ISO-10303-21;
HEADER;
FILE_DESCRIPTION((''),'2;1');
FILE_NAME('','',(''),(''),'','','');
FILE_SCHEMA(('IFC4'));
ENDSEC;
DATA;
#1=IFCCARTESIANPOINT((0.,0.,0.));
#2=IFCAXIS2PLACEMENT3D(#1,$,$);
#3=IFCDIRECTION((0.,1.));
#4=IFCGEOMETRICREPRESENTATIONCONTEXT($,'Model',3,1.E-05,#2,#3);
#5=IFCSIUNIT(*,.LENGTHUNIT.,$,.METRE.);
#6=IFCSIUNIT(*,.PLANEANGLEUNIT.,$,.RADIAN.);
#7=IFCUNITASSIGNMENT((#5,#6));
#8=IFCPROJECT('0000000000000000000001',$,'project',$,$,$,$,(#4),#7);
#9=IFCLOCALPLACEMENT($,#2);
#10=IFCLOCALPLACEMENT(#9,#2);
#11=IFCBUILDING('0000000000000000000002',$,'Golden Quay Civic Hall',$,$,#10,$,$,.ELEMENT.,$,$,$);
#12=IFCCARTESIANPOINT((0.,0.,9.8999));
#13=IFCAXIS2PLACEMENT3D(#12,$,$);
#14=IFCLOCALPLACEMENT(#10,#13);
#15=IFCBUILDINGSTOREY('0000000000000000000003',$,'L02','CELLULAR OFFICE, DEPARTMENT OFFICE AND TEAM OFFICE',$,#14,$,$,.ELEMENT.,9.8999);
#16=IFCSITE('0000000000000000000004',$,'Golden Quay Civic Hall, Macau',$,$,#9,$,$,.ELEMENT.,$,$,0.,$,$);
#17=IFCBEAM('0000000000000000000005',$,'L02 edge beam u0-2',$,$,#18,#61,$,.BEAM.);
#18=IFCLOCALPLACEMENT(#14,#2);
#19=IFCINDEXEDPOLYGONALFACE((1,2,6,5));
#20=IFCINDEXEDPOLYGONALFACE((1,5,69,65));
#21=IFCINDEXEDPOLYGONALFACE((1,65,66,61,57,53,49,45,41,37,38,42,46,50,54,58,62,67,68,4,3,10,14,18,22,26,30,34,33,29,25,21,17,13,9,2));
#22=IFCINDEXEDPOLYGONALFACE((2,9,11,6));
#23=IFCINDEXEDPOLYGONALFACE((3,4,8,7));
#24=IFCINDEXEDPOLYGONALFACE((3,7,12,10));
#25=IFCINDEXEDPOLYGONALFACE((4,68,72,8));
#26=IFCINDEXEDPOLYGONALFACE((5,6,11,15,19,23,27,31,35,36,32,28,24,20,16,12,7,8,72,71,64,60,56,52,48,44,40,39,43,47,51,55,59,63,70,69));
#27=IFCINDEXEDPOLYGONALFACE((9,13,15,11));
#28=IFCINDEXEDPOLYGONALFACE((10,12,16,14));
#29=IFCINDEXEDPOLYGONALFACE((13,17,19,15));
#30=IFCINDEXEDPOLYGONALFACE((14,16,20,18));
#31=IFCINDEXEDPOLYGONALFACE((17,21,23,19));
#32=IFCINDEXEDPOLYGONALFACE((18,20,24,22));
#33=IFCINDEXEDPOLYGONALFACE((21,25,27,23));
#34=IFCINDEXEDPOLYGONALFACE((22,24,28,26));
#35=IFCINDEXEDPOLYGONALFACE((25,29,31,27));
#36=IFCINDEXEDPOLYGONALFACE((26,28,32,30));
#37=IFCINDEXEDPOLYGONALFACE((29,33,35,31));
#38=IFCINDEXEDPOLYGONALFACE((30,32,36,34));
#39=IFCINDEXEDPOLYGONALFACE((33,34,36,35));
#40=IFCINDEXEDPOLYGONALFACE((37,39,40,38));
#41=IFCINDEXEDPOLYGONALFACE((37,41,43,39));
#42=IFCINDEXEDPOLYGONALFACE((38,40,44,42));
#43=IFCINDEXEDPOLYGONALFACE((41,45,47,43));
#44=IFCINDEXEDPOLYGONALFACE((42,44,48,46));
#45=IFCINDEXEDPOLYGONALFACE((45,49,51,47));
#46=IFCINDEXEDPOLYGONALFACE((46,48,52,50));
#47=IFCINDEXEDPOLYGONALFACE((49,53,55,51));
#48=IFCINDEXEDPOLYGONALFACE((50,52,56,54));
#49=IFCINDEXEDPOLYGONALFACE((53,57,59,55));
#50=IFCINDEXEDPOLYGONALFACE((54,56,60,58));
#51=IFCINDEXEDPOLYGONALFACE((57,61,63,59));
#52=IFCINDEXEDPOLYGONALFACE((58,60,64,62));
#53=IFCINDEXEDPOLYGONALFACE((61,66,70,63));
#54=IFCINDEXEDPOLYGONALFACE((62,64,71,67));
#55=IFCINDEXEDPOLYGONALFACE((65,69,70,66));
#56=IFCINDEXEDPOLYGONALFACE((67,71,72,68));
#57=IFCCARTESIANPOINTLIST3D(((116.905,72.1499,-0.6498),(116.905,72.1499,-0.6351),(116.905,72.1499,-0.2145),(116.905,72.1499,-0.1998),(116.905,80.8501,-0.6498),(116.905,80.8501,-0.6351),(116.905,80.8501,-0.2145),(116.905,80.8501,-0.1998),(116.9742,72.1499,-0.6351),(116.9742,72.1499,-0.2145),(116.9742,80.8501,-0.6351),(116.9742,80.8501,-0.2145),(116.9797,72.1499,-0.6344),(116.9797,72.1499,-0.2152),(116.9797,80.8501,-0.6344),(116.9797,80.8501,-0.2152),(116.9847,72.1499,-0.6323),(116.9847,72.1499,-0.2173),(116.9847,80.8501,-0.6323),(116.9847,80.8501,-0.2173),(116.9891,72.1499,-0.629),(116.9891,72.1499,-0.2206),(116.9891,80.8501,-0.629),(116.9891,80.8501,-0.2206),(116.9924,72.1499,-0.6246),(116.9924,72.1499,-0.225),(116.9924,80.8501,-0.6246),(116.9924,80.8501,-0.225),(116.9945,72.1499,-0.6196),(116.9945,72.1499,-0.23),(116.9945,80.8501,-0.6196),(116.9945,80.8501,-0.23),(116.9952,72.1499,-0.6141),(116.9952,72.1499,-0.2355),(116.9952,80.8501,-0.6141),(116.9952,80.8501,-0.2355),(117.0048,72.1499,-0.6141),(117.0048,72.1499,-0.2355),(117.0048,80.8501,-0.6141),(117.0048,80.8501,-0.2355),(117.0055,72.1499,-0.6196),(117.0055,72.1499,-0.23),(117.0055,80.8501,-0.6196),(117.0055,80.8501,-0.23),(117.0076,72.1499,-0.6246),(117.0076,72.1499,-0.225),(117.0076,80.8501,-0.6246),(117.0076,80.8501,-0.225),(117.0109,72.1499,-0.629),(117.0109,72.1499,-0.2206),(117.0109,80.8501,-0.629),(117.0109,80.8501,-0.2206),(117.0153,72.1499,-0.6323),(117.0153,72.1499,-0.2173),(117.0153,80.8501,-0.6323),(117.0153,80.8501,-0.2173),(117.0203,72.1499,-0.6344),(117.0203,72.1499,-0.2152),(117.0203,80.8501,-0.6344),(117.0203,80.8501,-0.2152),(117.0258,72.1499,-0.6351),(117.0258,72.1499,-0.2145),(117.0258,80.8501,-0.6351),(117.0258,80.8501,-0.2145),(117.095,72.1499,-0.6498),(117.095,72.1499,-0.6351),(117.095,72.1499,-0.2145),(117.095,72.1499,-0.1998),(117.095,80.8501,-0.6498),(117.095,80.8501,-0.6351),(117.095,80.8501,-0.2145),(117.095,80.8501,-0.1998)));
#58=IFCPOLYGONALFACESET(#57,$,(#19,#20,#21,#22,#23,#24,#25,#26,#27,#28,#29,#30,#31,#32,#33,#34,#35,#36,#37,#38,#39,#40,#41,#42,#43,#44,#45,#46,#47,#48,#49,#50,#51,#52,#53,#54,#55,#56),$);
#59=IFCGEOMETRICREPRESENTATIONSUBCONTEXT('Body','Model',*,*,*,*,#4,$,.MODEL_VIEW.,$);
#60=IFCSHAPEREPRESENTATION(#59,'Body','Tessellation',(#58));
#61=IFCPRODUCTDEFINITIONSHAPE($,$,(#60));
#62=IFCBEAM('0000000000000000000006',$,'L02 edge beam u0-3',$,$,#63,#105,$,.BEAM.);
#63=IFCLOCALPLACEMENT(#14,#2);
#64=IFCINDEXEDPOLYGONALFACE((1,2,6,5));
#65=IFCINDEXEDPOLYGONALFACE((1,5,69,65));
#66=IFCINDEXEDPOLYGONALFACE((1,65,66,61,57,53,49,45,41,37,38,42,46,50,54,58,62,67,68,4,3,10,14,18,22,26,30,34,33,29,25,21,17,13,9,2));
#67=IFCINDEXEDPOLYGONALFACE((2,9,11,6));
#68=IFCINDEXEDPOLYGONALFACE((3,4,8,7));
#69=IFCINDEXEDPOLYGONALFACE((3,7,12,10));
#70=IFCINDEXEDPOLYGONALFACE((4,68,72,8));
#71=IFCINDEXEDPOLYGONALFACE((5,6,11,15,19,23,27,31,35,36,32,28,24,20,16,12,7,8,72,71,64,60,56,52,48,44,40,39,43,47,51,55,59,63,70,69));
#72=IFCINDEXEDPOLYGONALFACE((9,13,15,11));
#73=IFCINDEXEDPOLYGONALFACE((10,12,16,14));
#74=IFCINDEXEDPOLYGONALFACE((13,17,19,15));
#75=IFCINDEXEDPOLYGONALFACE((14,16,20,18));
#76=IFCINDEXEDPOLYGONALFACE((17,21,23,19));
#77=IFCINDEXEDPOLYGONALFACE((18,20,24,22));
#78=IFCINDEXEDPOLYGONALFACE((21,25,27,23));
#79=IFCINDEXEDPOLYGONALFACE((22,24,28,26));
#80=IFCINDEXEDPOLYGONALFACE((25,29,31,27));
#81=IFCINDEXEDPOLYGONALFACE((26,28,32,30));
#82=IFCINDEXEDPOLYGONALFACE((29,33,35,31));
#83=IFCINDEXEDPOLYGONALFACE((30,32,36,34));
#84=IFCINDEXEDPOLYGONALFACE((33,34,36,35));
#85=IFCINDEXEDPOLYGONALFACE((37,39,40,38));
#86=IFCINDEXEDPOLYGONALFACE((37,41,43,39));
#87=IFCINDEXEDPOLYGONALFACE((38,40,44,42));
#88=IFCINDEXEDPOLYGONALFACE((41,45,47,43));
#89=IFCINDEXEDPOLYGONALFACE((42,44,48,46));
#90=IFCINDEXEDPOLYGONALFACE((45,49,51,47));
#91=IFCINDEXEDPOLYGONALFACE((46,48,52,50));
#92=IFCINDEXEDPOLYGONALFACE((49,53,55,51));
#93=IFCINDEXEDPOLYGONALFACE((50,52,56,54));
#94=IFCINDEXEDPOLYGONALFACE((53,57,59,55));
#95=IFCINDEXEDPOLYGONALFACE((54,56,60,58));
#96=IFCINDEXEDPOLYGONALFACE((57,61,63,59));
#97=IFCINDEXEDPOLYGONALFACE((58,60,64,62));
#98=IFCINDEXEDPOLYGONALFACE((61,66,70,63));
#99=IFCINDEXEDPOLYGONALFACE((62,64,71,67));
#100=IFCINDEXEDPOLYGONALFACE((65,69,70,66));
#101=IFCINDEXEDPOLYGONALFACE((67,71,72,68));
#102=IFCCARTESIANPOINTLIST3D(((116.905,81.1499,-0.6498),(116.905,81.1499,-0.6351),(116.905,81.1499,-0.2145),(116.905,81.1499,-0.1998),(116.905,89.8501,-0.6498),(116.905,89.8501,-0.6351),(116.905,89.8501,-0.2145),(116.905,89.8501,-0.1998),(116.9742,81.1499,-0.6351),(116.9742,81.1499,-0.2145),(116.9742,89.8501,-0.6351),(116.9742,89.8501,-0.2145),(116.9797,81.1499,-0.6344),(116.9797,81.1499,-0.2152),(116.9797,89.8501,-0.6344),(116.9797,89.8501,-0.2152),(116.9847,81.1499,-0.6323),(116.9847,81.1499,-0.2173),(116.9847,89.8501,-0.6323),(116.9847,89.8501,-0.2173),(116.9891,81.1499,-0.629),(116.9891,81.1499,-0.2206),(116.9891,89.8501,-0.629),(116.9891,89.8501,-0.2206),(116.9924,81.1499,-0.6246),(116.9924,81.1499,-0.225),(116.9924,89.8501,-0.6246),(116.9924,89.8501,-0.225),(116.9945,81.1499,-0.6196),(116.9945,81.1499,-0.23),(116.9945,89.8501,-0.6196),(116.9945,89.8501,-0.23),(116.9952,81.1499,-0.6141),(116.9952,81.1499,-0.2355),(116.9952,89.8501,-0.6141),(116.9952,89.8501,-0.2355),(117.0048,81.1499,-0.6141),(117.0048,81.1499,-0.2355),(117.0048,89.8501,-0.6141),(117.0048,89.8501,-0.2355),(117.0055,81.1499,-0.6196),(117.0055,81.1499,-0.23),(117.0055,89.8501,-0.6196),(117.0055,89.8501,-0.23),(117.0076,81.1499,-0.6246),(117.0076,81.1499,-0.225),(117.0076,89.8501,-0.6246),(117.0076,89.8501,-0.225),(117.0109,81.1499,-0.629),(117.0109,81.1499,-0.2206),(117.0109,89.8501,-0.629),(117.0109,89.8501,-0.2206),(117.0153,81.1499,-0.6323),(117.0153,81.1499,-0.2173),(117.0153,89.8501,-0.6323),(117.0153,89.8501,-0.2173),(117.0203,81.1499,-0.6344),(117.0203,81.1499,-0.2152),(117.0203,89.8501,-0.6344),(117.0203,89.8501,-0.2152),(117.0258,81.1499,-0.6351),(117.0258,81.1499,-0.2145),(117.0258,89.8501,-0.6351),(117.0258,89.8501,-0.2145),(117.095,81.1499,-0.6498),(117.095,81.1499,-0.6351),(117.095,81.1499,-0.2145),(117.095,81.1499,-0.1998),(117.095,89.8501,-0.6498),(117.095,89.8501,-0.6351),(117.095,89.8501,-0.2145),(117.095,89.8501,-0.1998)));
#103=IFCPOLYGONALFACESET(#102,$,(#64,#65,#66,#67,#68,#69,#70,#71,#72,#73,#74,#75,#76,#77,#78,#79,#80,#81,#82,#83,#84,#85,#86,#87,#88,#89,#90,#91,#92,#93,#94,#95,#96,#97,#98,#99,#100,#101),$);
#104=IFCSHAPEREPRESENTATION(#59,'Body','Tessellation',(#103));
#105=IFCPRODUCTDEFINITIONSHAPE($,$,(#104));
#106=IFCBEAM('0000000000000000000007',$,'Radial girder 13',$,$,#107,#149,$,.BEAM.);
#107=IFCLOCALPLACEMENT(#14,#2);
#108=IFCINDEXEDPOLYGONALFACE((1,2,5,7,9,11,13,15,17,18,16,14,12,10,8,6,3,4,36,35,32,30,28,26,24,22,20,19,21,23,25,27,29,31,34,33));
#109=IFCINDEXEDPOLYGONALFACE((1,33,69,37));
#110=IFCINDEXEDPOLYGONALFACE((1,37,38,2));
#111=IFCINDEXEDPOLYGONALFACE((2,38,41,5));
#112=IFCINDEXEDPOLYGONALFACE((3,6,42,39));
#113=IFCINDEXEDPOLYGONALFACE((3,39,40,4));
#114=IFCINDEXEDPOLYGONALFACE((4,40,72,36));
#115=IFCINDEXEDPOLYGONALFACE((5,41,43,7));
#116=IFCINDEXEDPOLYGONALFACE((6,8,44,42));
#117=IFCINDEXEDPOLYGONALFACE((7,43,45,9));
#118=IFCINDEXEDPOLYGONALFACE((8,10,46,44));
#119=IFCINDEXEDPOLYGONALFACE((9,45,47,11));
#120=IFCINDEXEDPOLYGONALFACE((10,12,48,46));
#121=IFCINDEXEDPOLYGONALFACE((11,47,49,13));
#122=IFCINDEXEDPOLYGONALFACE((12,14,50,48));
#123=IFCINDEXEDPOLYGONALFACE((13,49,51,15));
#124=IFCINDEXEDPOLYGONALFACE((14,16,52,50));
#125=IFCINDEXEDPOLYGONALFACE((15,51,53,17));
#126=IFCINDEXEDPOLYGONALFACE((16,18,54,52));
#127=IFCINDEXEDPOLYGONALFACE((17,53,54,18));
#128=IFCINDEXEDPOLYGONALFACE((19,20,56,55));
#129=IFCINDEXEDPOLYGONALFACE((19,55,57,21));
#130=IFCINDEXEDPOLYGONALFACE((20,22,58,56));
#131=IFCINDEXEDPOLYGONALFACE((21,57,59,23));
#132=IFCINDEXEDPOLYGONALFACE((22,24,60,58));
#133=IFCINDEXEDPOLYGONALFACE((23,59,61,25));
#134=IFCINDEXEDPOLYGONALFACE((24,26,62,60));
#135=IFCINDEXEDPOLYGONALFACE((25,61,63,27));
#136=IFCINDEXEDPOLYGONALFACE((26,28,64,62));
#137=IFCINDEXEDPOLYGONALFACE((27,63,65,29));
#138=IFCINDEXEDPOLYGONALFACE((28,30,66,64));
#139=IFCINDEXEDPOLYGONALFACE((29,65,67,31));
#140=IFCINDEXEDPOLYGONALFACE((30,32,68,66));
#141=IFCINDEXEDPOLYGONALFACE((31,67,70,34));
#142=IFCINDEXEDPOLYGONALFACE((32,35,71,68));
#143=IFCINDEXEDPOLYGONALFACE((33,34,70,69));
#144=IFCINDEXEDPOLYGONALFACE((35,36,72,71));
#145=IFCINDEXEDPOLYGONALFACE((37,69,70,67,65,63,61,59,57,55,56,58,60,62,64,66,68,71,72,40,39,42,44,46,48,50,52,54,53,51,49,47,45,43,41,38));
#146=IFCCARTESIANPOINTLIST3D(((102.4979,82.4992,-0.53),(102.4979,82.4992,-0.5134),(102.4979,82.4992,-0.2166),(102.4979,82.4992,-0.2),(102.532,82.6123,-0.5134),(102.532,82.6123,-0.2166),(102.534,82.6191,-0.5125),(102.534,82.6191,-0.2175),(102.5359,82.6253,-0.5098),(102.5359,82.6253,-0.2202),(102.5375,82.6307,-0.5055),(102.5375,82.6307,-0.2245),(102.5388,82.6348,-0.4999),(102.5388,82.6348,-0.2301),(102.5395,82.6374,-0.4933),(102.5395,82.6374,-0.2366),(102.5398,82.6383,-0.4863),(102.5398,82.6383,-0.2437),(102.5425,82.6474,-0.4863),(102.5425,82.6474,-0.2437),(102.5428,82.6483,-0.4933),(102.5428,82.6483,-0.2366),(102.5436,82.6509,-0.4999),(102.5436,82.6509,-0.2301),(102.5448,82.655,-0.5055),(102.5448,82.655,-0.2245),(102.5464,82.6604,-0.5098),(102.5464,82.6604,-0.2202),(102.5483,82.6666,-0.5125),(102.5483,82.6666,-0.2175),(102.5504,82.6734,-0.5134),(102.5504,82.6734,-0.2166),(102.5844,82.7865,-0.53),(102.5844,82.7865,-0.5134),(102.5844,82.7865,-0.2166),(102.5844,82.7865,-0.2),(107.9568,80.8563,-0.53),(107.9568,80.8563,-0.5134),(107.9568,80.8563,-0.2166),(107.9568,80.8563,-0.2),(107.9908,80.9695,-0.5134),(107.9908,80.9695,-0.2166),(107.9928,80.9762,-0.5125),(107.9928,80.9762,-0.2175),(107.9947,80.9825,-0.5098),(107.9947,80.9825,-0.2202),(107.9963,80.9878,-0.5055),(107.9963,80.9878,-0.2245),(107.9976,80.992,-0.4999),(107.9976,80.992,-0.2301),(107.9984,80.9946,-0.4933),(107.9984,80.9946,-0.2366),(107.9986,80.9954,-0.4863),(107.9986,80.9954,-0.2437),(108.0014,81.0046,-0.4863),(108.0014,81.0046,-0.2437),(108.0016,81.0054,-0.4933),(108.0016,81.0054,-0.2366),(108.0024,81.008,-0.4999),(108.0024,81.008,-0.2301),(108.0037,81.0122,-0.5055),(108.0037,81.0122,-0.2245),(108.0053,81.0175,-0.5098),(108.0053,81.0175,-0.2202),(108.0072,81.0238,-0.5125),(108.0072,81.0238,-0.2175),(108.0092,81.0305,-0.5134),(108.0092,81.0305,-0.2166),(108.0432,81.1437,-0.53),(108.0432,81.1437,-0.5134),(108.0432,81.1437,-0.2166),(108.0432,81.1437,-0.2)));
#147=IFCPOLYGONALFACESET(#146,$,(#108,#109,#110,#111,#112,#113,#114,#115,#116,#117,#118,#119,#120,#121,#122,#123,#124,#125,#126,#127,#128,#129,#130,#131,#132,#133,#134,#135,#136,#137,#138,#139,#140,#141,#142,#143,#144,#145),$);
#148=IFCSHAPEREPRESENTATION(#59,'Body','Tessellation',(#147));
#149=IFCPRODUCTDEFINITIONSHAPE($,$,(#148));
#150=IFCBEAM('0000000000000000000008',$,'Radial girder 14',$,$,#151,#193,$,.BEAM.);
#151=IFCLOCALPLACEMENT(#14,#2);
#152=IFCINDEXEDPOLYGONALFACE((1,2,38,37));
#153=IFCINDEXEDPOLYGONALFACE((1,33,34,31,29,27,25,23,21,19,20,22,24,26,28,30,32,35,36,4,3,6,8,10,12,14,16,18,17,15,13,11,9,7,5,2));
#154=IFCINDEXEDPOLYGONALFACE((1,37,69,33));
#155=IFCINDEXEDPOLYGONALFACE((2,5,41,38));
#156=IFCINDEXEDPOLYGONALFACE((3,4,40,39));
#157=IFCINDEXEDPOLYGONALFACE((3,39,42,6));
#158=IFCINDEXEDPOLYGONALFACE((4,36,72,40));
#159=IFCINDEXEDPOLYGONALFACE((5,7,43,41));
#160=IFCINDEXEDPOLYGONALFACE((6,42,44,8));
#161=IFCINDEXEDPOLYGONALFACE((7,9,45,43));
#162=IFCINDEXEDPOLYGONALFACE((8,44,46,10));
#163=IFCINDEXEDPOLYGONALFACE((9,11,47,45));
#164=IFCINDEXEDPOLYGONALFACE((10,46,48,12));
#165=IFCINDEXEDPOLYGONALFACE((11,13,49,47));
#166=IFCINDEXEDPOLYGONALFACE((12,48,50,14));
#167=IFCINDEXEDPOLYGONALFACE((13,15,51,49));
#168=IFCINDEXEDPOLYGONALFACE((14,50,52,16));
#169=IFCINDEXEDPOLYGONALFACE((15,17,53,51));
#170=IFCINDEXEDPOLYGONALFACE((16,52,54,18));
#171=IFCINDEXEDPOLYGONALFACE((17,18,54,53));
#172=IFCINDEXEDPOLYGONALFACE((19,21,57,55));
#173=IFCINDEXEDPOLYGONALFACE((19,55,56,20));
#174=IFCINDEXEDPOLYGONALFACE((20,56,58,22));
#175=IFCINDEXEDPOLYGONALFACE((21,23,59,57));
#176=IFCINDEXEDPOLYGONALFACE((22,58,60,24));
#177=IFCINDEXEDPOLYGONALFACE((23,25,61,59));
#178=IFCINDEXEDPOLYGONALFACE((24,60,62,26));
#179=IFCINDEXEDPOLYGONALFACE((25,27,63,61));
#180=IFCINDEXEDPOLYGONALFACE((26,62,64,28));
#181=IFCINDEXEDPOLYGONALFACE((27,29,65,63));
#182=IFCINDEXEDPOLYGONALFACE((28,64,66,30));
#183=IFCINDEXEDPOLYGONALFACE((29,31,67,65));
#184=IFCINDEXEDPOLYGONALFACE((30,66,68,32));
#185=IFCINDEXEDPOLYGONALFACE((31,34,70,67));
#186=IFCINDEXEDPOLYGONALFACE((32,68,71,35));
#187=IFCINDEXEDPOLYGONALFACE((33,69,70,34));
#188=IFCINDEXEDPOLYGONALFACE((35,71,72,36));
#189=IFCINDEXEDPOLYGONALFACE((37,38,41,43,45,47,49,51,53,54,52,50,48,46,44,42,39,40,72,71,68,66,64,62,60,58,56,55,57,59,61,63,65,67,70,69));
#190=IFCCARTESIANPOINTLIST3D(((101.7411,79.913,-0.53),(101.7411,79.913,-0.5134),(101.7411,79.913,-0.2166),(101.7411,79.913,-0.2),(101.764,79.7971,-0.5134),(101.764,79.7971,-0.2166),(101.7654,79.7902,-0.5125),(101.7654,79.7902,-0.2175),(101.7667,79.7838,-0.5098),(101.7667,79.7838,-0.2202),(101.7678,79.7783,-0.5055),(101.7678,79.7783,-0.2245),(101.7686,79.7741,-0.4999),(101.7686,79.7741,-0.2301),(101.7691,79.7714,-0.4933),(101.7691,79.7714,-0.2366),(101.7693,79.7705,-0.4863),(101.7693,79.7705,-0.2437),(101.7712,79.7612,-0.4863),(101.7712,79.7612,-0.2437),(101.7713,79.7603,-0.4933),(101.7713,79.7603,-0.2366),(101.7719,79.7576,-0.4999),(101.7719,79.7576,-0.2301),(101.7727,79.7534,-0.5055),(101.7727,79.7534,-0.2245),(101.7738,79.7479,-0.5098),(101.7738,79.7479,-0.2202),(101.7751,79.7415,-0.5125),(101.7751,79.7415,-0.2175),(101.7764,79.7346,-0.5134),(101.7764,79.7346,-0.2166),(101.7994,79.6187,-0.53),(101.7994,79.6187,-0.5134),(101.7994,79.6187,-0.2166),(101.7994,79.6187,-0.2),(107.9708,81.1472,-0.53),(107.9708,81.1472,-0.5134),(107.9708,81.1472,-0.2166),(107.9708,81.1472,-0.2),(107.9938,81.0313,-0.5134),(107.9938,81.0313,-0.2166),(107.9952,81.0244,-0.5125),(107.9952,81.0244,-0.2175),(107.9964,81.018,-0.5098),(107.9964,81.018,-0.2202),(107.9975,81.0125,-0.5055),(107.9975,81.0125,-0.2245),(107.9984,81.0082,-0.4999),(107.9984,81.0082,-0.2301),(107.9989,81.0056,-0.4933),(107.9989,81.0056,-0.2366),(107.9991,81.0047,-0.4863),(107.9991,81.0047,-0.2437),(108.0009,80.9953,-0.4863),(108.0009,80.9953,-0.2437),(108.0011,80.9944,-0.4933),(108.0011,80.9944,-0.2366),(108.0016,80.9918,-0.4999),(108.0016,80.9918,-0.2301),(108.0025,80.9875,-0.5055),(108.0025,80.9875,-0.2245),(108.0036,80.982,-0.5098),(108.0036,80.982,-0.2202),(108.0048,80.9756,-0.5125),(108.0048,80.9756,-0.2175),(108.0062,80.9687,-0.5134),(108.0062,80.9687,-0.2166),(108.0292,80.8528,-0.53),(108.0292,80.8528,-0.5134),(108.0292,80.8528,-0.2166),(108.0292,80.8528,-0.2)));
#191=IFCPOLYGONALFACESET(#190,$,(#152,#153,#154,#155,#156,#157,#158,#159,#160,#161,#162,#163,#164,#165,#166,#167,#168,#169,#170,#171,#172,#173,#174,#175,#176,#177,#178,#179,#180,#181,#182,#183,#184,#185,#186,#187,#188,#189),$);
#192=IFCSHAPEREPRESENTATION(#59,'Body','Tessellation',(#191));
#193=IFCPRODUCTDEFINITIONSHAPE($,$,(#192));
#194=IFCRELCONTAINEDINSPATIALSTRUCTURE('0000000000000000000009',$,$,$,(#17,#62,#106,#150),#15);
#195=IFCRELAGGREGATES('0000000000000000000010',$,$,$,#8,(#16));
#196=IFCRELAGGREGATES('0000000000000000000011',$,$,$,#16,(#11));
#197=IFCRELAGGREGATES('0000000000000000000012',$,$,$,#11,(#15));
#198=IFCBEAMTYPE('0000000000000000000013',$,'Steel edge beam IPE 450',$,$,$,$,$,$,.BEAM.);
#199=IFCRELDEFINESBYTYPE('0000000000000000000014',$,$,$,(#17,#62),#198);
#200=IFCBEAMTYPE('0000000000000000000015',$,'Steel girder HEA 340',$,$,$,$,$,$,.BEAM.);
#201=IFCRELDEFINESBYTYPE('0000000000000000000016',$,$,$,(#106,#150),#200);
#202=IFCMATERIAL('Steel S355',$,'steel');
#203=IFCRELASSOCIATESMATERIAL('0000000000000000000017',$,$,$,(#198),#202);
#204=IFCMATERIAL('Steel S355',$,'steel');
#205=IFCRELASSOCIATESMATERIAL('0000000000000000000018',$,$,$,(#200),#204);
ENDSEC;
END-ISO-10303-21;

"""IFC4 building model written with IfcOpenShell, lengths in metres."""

from ifc_helpers import new_model, si_unit, direction, frame, origin, origin_2d, place, context, subcontext, project, spatial, i_section, extrude, material, material_profile, profile_set, type_object, element, save


model = new_model("IFC4")

# Units and contexts
model_context = context("Model", 3, precision=1e-05, world=origin(), true_north=direction((0.0, 1.0)))
body_context = subcontext(model_context, "Body", "Model", "MODEL_VIEW")
ifc_project = project(units=[si_unit("LENGTHUNIT", "METRE"), si_unit("PLANEANGLEUNIT", "RADIAN")], contexts=[model_context])

# Site, building, storey
site_placement = place(None, origin())
site = spatial("IfcSite", under=ifc_project, at=site_placement, Name="Golden Quay Civic Hall, Macau", CompositionType="ELEMENT", RefElevation=0.0)
building_placement = place(site_placement, origin())
building = spatial("IfcBuilding", under=site, at=building_placement, Name="Golden Quay Civic Hall", CompositionType="ELEMENT")
storey_placement = place(building_placement, frame((0.0, 0.0, 9.8999)))
storey = spatial("IfcBuildingStorey", under=building, at=storey_placement, Name="L02", Description="CELLULAR OFFICE, DEPARTMENT OFFICE AND TEAM OFFICE", CompositionType="ELEMENT", Elevation=9.8999)

# Beams
ifc_material_1 = material(Name="Steel S355", Category="steel")
ifc_material_profile_1 = material_profile(ifc_material_1, i_section(OverallWidth=0.1899, OverallDepth=0.45, WebThickness=0.0095, FlangeThickness=0.0146, FilletRadius=0.021, at=origin_2d()), Name="IPE 450")
ifc_profile_set_1 = profile_set([ifc_material_profile_1], Name="Steel S355")
beam_type_1 = type_object("IfcBeamType", Name="Steel edge beam IPE 450", PredefinedType="BEAM", material=ifc_profile_set_1)
for number, where, z_axis, x_axis, name in (
    (1, (117.0, 72.1499, -0.4248), (0.0, 1.0, 0.0), (-1.0, 0.0, 0.0), "L02 edge beam u0-2"),
    (2, (117.0, 81.1499, -0.4248), (0.0, 1.0, 0.0), (-1.0, 0.0, 0.0), "L02 edge beam u0-3"),
):
    element("IfcBeam", number, at=place(storey_placement, frame(where, z_axis=z_axis, x_axis=x_axis)), inside=storey, type_object=beam_type_1, Name=name, PredefinedType="BEAM", context=body_context, shape_type="SweptSolid", body=[
        extrude(i_section(OverallWidth=0.1899, OverallDepth=0.45, WebThickness=0.0095, FlangeThickness=0.0146, FilletRadius=0.021, at=origin_2d()), origin(), (0.0, 0.0, 1.0), 8.7002),
    ])
ifc_material_2 = material(Name="Steel S355", Category="steel")
ifc_material_profile_2 = material_profile(ifc_material_2, i_section(OverallWidth=0.3, OverallDepth=0.3301, WebThickness=0.0095, FlangeThickness=0.0166, FilletRadius=0.0271, at=origin_2d()), Name="HEA 340")
ifc_profile_set_2 = profile_set([ifc_material_profile_2], Name="Steel S355")
beam_type_2 = type_object("IfcBeamType", Name="Steel girder HEA 340", PredefinedType="BEAM", material=ifc_profile_set_2)
beam_1_placement = place(storey_placement, frame((108.0, 81.0, -0.365), z_axis=(-0.957575, 0.288185, 0.0), x_axis=(-0.288185, -0.957575, 0.0)))
element("IfcBeam", 3, at=beam_1_placement, inside=storey, type_object=beam_type_2, Name="Radial girder 13", PredefinedType="BEAM", context=body_context, shape_type="SweptSolid", body=[
    extrude(i_section(OverallWidth=0.3, OverallDepth=0.3301, WebThickness=0.0095, FlangeThickness=0.0166, FilletRadius=0.0271, at=origin_2d()), origin(), (0.0, 0.0, 1.0), 5.7007),
])
beam_2_placement = place(storey_placement, frame((108.0, 81.0, -0.365), z_axis=(-0.980937, -0.194327, 0.0), x_axis=(0.194327, -0.980937, 0.0)))
element("IfcBeam", 4, at=beam_2_placement, inside=storey, type_object=beam_type_2, Name="Radial girder 14", PredefinedType="BEAM", context=body_context, shape_type="SweptSolid", body=[
    extrude(i_section(OverallWidth=0.3, OverallDepth=0.3301, WebThickness=0.0095, FlangeThickness=0.0166, FilletRadius=0.0271, at=origin_2d()), origin(), (0.0, 0.0, 1.0), 6.3508),
])

save(model, "model.ifc")
